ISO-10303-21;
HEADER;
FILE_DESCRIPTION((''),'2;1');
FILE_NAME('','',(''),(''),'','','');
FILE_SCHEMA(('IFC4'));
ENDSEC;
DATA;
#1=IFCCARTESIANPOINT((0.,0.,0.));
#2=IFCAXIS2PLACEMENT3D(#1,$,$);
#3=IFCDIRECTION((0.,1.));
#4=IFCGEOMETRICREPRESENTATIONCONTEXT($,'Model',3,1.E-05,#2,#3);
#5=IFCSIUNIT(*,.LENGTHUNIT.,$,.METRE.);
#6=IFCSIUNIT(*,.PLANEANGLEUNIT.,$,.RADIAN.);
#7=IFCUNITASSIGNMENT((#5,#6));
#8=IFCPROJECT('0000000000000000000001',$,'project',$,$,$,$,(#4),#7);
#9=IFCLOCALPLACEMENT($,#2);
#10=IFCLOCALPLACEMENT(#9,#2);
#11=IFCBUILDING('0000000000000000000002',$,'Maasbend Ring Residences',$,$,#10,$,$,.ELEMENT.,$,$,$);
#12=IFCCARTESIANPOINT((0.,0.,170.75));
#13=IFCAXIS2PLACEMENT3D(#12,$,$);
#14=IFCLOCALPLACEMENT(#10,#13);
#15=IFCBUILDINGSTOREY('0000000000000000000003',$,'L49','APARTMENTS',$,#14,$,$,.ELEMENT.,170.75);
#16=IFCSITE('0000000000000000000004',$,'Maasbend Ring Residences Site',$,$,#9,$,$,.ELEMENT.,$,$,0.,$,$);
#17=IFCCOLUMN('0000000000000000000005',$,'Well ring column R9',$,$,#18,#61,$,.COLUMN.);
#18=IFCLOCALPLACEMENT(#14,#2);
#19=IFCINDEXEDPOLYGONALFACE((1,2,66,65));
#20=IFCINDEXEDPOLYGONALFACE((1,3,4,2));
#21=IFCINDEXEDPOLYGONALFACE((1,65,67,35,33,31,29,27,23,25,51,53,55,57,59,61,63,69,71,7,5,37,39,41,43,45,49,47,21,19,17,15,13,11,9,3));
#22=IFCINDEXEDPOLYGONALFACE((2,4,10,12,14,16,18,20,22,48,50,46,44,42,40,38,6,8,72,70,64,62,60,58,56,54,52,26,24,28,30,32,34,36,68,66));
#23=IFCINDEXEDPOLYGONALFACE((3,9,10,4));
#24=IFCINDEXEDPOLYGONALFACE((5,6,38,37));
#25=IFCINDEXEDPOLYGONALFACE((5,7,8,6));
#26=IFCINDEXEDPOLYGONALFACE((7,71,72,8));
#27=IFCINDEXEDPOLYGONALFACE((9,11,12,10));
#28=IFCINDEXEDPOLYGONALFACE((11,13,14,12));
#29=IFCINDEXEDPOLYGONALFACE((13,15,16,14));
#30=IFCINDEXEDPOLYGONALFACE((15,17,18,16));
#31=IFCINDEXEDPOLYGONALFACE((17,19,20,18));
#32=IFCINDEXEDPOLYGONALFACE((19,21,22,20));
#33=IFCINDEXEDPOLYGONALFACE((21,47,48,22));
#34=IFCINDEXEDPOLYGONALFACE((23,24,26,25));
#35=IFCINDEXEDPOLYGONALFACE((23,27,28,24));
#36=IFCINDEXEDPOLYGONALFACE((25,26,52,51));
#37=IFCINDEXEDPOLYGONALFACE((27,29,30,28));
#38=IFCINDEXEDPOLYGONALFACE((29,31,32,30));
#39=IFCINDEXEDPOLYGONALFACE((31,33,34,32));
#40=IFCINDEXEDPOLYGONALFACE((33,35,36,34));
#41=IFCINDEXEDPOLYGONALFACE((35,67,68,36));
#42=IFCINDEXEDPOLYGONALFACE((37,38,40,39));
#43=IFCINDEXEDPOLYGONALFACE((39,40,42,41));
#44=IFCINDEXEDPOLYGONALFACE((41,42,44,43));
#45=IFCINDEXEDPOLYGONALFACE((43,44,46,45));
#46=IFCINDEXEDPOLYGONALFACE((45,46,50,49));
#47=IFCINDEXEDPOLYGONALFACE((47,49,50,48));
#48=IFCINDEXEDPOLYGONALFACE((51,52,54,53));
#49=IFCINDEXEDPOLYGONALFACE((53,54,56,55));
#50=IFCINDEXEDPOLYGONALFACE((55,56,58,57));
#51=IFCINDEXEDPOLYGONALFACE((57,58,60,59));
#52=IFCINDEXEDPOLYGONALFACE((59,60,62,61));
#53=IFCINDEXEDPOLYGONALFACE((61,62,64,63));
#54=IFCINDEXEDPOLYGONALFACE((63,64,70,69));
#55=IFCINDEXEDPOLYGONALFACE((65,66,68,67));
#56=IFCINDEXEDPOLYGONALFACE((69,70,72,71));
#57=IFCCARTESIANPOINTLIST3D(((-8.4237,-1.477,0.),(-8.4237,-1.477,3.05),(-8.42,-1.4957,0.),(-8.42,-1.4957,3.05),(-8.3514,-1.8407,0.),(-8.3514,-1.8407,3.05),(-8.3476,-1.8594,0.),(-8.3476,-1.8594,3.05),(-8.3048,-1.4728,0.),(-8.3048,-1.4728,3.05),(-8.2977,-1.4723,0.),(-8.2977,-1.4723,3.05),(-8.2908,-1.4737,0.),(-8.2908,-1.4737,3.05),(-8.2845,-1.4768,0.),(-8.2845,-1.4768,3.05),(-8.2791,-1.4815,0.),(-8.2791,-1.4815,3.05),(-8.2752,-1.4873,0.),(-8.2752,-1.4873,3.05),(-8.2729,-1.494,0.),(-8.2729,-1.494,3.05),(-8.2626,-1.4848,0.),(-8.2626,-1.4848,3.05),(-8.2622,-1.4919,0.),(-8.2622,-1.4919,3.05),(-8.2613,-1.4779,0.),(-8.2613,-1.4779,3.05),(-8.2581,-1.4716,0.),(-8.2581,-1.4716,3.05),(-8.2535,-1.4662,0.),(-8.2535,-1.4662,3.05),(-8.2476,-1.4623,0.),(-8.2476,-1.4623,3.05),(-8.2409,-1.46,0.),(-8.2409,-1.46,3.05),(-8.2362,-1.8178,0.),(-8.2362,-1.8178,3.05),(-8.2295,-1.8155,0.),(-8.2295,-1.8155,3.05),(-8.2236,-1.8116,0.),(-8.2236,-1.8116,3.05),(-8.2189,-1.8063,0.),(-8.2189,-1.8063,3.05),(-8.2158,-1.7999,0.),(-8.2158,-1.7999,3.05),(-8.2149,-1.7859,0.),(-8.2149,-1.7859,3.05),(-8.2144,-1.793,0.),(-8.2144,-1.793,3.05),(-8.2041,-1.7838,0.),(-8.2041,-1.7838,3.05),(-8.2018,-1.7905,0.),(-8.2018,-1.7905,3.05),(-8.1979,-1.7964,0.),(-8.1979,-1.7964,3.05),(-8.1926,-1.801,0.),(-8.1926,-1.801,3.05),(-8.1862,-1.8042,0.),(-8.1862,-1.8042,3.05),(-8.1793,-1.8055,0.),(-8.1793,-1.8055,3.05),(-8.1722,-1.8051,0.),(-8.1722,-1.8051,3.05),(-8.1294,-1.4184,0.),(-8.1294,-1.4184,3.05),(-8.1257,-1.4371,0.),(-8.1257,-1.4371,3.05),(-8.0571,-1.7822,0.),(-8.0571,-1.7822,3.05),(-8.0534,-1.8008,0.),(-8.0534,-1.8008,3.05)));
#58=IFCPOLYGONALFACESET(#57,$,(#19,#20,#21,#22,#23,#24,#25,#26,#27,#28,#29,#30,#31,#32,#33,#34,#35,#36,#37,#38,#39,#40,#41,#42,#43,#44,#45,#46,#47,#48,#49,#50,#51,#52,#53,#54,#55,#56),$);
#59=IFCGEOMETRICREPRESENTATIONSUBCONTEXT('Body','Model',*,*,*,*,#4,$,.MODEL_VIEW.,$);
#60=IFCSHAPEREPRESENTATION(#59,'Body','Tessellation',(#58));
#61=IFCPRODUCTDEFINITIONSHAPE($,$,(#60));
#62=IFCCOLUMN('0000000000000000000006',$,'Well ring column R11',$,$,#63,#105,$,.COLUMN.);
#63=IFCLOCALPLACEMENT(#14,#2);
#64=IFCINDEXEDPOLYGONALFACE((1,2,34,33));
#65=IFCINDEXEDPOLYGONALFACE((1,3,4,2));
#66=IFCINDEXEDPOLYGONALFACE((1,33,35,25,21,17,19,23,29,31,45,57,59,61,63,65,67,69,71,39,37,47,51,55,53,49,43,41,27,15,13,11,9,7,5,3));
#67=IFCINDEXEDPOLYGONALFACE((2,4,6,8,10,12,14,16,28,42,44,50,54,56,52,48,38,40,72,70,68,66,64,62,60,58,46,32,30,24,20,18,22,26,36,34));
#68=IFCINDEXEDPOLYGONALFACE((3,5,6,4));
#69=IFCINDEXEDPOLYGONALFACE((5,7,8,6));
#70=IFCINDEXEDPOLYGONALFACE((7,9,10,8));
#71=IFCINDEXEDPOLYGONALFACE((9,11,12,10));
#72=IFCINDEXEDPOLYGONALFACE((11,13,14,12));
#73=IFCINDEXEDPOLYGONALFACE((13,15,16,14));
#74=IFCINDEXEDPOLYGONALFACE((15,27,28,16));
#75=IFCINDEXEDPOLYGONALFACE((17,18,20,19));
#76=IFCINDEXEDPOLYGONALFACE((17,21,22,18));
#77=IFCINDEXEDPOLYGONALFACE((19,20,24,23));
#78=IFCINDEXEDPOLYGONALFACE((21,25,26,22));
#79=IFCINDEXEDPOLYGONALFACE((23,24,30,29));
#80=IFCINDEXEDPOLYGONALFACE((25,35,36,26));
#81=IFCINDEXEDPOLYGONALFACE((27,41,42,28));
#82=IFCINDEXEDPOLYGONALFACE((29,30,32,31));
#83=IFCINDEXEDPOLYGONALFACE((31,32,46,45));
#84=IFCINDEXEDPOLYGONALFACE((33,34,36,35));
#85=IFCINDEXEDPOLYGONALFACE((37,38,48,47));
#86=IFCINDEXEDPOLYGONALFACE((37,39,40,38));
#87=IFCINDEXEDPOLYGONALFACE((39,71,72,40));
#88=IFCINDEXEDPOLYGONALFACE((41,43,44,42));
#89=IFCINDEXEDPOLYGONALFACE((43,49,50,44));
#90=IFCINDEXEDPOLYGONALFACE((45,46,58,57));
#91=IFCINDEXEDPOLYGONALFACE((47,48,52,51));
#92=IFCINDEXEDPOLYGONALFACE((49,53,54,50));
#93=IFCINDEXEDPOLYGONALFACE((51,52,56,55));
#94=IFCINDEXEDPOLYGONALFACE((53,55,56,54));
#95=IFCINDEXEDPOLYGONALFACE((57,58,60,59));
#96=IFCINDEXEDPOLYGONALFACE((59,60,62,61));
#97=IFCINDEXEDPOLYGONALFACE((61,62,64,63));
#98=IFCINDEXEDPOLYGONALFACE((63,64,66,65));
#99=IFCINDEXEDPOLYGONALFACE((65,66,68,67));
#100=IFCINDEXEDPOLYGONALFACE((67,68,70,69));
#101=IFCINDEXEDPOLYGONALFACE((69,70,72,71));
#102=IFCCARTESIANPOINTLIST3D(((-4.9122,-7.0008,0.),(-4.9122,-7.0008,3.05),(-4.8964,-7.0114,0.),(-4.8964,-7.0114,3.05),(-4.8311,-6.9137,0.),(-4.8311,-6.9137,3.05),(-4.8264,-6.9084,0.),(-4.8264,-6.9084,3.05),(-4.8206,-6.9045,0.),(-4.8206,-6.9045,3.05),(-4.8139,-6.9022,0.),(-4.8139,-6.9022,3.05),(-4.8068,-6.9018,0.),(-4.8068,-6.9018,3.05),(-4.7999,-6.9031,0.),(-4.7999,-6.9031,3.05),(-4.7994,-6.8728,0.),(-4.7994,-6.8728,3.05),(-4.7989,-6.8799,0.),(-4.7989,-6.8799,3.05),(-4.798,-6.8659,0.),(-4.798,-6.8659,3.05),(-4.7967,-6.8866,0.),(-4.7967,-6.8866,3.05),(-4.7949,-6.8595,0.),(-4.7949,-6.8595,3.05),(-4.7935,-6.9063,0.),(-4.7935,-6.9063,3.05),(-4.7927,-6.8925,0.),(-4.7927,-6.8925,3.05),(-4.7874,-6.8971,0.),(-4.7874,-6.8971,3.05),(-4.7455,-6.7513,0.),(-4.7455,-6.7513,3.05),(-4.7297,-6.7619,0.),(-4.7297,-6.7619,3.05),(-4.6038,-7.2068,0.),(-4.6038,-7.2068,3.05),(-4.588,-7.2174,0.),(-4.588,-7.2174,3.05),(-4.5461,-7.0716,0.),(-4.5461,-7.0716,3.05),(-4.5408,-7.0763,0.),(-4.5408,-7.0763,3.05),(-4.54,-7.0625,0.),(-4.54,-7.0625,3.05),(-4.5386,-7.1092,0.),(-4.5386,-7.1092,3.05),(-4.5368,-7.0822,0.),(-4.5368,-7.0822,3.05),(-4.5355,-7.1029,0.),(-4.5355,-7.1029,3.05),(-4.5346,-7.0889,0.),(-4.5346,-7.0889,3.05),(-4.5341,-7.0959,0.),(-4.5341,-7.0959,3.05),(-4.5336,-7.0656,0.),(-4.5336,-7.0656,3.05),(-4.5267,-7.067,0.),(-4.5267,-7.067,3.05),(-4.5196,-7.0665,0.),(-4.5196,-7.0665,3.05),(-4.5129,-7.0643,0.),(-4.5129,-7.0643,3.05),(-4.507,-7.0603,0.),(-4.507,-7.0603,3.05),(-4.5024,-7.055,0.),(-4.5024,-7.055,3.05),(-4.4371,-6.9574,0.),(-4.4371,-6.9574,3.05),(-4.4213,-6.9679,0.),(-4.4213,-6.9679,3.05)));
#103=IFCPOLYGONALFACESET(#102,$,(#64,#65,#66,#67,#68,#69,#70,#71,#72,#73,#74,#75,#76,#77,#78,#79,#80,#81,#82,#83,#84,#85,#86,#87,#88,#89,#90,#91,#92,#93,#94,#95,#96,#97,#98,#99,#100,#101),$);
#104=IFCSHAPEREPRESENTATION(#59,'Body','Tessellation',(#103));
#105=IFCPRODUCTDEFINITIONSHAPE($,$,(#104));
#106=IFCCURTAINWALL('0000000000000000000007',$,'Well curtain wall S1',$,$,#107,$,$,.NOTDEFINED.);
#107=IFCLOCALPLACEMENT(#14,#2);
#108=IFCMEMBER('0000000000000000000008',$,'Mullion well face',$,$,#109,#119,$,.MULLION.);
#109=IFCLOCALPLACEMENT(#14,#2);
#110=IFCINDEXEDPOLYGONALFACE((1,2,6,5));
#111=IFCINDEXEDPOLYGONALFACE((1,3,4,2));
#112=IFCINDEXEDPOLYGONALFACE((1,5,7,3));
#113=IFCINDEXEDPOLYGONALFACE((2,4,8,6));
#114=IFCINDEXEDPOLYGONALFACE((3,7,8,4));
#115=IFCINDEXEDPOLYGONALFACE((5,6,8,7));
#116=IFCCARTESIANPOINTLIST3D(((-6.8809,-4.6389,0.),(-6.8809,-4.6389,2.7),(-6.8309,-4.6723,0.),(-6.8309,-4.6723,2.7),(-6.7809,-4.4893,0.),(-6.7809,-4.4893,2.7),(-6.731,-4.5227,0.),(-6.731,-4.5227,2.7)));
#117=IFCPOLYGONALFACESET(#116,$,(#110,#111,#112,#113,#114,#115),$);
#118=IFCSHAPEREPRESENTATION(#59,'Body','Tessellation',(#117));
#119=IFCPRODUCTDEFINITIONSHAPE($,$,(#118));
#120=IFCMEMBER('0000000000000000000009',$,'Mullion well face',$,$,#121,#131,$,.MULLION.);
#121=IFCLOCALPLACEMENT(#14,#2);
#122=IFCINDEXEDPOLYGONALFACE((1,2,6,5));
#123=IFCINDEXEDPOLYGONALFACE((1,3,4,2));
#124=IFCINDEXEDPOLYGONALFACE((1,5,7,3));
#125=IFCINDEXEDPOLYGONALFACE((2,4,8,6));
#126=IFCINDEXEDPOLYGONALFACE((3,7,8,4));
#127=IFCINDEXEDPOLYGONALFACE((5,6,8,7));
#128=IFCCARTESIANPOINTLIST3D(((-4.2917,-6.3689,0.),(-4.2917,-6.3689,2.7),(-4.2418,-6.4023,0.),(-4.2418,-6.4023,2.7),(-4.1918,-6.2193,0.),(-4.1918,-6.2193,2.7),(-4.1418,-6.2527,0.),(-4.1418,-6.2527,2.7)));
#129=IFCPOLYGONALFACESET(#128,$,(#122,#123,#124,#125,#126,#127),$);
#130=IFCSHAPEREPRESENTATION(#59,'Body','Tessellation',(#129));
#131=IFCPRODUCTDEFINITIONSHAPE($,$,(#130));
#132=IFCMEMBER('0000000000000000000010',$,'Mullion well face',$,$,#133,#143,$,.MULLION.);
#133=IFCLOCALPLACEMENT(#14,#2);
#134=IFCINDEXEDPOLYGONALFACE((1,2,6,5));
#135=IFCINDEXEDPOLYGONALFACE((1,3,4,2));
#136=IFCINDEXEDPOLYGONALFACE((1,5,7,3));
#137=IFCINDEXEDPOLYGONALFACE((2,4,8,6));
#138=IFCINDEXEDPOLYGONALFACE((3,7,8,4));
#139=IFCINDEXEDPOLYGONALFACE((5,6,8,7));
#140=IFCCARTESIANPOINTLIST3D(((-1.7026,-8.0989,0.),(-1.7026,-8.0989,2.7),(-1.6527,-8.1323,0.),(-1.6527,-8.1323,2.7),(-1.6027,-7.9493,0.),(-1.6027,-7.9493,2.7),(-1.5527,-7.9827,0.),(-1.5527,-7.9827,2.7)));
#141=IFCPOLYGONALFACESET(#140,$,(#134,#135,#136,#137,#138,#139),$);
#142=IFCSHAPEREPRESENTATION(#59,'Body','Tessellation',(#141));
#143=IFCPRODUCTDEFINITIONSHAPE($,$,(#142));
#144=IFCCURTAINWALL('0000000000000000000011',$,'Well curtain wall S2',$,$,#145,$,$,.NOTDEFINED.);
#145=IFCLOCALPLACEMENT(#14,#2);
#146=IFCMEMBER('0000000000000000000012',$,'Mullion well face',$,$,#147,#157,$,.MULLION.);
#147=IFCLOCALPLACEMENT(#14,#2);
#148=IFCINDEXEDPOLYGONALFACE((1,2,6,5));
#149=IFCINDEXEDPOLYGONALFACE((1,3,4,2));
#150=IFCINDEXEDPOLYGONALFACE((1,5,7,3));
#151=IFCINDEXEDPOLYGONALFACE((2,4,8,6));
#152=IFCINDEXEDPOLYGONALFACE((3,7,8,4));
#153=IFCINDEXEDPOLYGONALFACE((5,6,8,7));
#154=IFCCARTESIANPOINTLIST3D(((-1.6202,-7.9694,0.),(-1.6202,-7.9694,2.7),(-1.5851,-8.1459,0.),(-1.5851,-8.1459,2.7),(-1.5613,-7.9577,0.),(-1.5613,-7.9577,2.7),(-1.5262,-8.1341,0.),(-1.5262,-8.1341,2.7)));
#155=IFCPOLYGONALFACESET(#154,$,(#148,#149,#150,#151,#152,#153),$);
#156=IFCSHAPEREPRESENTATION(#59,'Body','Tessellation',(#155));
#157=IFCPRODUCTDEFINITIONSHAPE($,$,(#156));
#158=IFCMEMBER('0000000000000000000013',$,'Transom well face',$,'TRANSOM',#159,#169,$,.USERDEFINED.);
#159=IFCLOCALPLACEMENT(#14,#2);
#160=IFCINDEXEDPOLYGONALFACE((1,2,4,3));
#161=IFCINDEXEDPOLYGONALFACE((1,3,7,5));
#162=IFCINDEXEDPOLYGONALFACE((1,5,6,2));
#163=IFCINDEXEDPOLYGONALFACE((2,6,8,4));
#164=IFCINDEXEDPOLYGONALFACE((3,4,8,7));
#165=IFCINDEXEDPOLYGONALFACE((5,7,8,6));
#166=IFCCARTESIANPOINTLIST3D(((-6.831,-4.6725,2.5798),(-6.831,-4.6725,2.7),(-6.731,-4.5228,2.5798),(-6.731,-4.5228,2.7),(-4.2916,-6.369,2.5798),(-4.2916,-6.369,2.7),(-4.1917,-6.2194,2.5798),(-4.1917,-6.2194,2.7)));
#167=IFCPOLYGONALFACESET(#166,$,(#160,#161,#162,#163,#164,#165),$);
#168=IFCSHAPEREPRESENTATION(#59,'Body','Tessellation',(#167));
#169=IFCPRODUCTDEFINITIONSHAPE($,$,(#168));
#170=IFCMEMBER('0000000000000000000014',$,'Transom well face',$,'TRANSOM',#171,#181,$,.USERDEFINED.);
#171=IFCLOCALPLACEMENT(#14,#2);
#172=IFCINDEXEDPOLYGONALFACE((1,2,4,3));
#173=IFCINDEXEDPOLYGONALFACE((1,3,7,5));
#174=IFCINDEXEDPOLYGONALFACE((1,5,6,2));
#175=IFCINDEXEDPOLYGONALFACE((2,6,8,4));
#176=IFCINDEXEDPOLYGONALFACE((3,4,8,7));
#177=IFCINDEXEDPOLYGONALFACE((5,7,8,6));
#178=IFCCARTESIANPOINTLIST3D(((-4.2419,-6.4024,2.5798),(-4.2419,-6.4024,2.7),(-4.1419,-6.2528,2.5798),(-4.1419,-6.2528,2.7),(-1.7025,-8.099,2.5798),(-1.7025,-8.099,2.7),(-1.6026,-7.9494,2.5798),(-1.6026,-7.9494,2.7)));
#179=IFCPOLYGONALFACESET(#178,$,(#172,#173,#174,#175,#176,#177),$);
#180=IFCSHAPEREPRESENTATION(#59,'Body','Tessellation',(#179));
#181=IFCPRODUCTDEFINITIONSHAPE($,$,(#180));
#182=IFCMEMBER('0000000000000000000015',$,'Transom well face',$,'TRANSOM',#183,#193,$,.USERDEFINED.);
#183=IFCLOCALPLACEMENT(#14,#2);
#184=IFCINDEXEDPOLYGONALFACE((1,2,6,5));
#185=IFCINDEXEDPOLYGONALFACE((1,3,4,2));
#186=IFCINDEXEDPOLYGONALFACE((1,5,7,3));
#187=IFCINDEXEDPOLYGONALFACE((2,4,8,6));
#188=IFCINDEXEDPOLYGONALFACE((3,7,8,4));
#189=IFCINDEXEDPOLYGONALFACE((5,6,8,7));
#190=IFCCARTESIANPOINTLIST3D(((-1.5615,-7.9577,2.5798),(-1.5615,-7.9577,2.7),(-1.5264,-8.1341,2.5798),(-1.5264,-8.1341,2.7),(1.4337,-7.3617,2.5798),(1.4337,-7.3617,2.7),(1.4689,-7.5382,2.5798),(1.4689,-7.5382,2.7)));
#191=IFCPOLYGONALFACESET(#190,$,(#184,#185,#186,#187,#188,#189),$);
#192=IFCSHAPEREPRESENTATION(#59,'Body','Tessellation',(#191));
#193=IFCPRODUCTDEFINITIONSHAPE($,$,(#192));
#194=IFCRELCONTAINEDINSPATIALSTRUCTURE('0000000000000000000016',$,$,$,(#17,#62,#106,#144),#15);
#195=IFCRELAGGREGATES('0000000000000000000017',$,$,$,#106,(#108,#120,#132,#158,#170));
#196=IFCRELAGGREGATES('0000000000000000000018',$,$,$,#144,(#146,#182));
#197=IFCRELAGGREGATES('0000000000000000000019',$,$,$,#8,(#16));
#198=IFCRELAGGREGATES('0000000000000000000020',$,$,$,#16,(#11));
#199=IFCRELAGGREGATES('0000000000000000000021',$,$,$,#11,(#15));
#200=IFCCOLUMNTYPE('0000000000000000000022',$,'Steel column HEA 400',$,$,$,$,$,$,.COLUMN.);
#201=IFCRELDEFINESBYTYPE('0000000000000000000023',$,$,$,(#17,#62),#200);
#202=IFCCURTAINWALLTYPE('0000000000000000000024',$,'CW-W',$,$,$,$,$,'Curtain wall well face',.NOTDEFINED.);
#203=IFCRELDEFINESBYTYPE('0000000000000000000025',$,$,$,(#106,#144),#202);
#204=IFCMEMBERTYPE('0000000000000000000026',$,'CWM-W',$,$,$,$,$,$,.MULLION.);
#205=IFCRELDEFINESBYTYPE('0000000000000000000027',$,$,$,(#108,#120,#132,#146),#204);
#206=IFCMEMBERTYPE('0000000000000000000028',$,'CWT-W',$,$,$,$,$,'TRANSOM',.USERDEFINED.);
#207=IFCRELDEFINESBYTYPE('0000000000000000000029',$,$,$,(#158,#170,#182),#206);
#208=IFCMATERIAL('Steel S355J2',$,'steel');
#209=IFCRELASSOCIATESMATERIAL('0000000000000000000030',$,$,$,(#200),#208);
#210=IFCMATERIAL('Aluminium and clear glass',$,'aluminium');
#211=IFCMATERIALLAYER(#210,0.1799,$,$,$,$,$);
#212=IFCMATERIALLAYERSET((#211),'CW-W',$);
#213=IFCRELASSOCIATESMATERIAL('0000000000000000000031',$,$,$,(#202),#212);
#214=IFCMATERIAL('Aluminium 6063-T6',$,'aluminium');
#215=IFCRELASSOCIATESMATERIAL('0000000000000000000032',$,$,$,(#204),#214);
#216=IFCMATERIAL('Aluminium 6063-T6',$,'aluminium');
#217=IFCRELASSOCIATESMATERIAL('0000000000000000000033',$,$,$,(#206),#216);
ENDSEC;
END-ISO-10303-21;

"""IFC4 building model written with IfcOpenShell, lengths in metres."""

from ifc_helpers import new_model, si_unit, direction, frame, origin, origin_2d, place, context, subcontext, project, spatial, rectangle, i_section, extrude, material, layer, layer_set, material_profile, profile_set, type_object, element, aggregate, save


model = new_model("IFC4")

# Units and contexts
model_context = context("Model", 3, precision=1e-05, world=origin(), true_north=direction((0.0, 1.0)))
body_context = subcontext(model_context, "Body", "Model", "MODEL_VIEW")
ifc_project = project(units=[si_unit("LENGTHUNIT", "METRE"), si_unit("PLANEANGLEUNIT", "RADIAN")], contexts=[model_context])

# Site, building, storey
site_placement = place(None, origin())
site = spatial("IfcSite", under=ifc_project, at=site_placement, Name="Maasbend Ring Residences Site", CompositionType="ELEMENT", RefElevation=0.0)
building_placement = place(site_placement, origin())
building = spatial("IfcBuilding", under=site, at=building_placement, Name="Maasbend Ring Residences", CompositionType="ELEMENT")
storey_placement = place(building_placement, frame((0.0, 0.0, 170.75)))
storey = spatial("IfcBuildingStorey", under=building, at=storey_placement, Name="L49", Description="APARTMENTS", CompositionType="ELEMENT", Elevation=170.75)

# Columns
ifc_material_1 = material(Name="Steel S355J2", Category="steel")
ifc_material_profile_1 = material_profile(ifc_material_1, i_section(OverallWidth=0.3, OverallDepth=0.3899, WebThickness=0.011, FlangeThickness=0.019, FilletRadius=0.0271, at=origin_2d()), Name="HEA 400")
ifc_profile_set_1 = profile_set([ifc_material_profile_1], Name="Steel S355J2")
column_type = type_object("IfcColumnType", Name="Steel column HEA 400", PredefinedType="COLUMN", material=ifc_profile_set_1)
for number, where, z_axis, x_axis, name in (
    (1, (-8.2385, -1.6389, 0.0), (0.0, 0.0, 1.0), (-0.980785, -0.19509, 0.0), "Well ring column R9"),
    (2, (-4.6667, -6.9844, 0.0), (0.0, 0.0, 1.0), (-0.55557, -0.83147, 0.0), "Well ring column R11"),
):
    element("IfcColumn", number, at=place(storey_placement, frame(where, z_axis=z_axis, x_axis=x_axis)), inside=storey, type_object=column_type, Name=name, PredefinedType="COLUMN", context=body_context, shape_type="SweptSolid", body=[
        extrude(i_section(OverallWidth=0.3, OverallDepth=0.3899, WebThickness=0.011, FlangeThickness=0.019, FilletRadius=0.0271, at=origin_2d()), origin(), (0.0, 0.0, 1.0), 3.05),
    ])

# Curtain wall, members
ifc_material_2 = material(Name="Aluminium and clear glass", Category="aluminium")
ifc_layer_1 = layer(ifc_material_2, 0.1799)
ifc_layer_set_1 = layer_set([ifc_layer_1], Name="CW-W")
curtain_wall_type = type_object("IfcCurtainWallType", Name="CW-W", ElementType="Curtain wall well face", PredefinedType="NOTDEFINED", material=ifc_layer_set_1)
curtain_wall_1_placement = place(storey_placement, origin())
curtain_wall_1 = element("IfcCurtainWall", 3, at=curtain_wall_1_placement, inside=storey, type_object=curtain_wall_type, Name="Well curtain wall S1", PredefinedType="NOTDEFINED")
ifc_material_3 = material(Name="Aluminium 6063-T6", Category="aluminium")
ifc_material_profile_2 = material_profile(ifc_material_3, rectangle(XDim=0.1799, YDim=0.0601, at=origin_2d()), Name="AL 180x60")
ifc_profile_set_2 = profile_set([ifc_material_profile_2], Name="Aluminium 6063-T6")
member_type_1 = type_object("IfcMemberType", Name="CWM-W", PredefinedType="MULLION", material=ifc_profile_set_2)
member_1_placement = place(storey_placement, frame((-6.8059, -4.5808, 0.0), z_axis=(0.0, 0.0, 1.0), x_axis=(0.55557, 0.83147, 0.0)))
member_1 = element("IfcMember", 4, at=member_1_placement, type_object=member_type_1, Name="Mullion well face", PredefinedType="MULLION", context=body_context, shape_type="SweptSolid", body=[
    extrude(rectangle(XDim=0.1799, YDim=0.0601, at=origin_2d()), origin(), (0.0, 0.0, 1.0), 2.7),
])
member_2_placement = place(storey_placement, frame((-4.2168, -6.3108, 0.0), z_axis=(0.0, 0.0, 1.0), x_axis=(0.55557, 0.83147, 0.0)))
member_2 = element("IfcMember", 5, at=member_2_placement, type_object=member_type_1, Name="Mullion well face", PredefinedType="MULLION", context=body_context, shape_type="SweptSolid", body=[
    extrude(rectangle(XDim=0.1799, YDim=0.0601, at=origin_2d()), origin(), (0.0, 0.0, 1.0), 2.7),
])
member_3_placement = place(storey_placement, frame((-1.6277, -8.0408, 0.0), z_axis=(0.0, 0.0, 1.0), x_axis=(0.55557, 0.83147, 0.0)))
member_3 = element("IfcMember", 6, at=member_3_placement, type_object=member_type_1, Name="Mullion well face", PredefinedType="MULLION", context=body_context, shape_type="SweptSolid", body=[
    extrude(rectangle(XDim=0.1799, YDim=0.0601, at=origin_2d()), origin(), (0.0, 0.0, 1.0), 2.7),
])

# Curtain wall, member
curtain_wall_2_placement = place(storey_placement, origin())
curtain_wall_2 = element("IfcCurtainWall", 7, at=curtain_wall_2_placement, inside=storey, type_object=curtain_wall_type, Name="Well curtain wall S2", PredefinedType="NOTDEFINED")
member_4_placement = place(storey_placement, frame((-1.5732, -8.0518, 0.0), z_axis=(0.0, 0.0, 1.0), x_axis=(-0.19509, 0.980785, 0.0)))
member_4 = element("IfcMember", 8, at=member_4_placement, type_object=member_type_1, Name="Mullion well face", PredefinedType="MULLION", context=body_context, shape_type="SweptSolid", body=[
    extrude(rectangle(XDim=0.1799, YDim=0.0601, at=origin_2d()), origin(), (0.0, 0.0, 1.0), 2.7),
])

# Members
ifc_material_4 = material(Name="Aluminium 6063-T6", Category="aluminium")
ifc_material_profile_3 = material_profile(ifc_material_4, rectangle(XDim=0.1799, YDim=0.1201, at=origin_2d()), Name="AL 180x120")
ifc_profile_set_3 = profile_set([ifc_material_profile_3], Name="Aluminium 6063-T6")
member_type_2 = type_object("IfcMemberType", Name="CWT-W", ElementType="TRANSOM", PredefinedType="USERDEFINED", material=ifc_profile_set_3)
member_5_placement = place(storey_placement, frame((-6.781, -4.5977, 2.6399), z_axis=(0.831496, -0.55553, 0.0), x_axis=(0.55553, 0.831496, 0.0)))
member_5 = element("IfcMember", 9, at=member_5_placement, type_object=member_type_2, Name="Transom well face", ObjectType="TRANSOM", PredefinedType="USERDEFINED", context=body_context, shape_type="SweptSolid", body=[
    extrude(rectangle(XDim=0.1799, YDim=0.1201, at=origin_2d()), origin(), (0.0, 0.0, 1.0), 3.054),
])
member_6_placement = place(storey_placement, frame((-4.1919, -6.3276, 2.6399), z_axis=(0.831496, -0.55553, 0.0), x_axis=(0.55553, 0.831496, 0.0)))
member_6 = element("IfcMember", 10, at=member_6_placement, type_object=member_type_2, Name="Transom well face", ObjectType="TRANSOM", PredefinedType="USERDEFINED", context=body_context, shape_type="SweptSolid", body=[
    extrude(rectangle(XDim=0.1799, YDim=0.1201, at=origin_2d()), origin(), (0.0, 0.0, 1.0), 3.054),
])
member_7_placement = place(storey_placement, frame((-1.5439, -8.0459, 2.6399), z_axis=(0.980777, 0.195132, 0.0), x_axis=(-0.195132, 0.980777, 0.0)))
member_7 = element("IfcMember", 11, at=member_7_placement, type_object=member_type_2, Name="Transom well face", ObjectType="TRANSOM", PredefinedType="USERDEFINED", context=body_context, shape_type="SweptSolid", body=[
    extrude(rectangle(XDim=0.1799, YDim=0.1201, at=origin_2d()), origin(), (0.0, 0.0, 1.0), 3.054),
])

aggregate(curtain_wall_1, [member_1, member_2, member_3, member_5, member_6])
aggregate(curtain_wall_2, [member_4, member_7])

save(model, "model.ifc")
